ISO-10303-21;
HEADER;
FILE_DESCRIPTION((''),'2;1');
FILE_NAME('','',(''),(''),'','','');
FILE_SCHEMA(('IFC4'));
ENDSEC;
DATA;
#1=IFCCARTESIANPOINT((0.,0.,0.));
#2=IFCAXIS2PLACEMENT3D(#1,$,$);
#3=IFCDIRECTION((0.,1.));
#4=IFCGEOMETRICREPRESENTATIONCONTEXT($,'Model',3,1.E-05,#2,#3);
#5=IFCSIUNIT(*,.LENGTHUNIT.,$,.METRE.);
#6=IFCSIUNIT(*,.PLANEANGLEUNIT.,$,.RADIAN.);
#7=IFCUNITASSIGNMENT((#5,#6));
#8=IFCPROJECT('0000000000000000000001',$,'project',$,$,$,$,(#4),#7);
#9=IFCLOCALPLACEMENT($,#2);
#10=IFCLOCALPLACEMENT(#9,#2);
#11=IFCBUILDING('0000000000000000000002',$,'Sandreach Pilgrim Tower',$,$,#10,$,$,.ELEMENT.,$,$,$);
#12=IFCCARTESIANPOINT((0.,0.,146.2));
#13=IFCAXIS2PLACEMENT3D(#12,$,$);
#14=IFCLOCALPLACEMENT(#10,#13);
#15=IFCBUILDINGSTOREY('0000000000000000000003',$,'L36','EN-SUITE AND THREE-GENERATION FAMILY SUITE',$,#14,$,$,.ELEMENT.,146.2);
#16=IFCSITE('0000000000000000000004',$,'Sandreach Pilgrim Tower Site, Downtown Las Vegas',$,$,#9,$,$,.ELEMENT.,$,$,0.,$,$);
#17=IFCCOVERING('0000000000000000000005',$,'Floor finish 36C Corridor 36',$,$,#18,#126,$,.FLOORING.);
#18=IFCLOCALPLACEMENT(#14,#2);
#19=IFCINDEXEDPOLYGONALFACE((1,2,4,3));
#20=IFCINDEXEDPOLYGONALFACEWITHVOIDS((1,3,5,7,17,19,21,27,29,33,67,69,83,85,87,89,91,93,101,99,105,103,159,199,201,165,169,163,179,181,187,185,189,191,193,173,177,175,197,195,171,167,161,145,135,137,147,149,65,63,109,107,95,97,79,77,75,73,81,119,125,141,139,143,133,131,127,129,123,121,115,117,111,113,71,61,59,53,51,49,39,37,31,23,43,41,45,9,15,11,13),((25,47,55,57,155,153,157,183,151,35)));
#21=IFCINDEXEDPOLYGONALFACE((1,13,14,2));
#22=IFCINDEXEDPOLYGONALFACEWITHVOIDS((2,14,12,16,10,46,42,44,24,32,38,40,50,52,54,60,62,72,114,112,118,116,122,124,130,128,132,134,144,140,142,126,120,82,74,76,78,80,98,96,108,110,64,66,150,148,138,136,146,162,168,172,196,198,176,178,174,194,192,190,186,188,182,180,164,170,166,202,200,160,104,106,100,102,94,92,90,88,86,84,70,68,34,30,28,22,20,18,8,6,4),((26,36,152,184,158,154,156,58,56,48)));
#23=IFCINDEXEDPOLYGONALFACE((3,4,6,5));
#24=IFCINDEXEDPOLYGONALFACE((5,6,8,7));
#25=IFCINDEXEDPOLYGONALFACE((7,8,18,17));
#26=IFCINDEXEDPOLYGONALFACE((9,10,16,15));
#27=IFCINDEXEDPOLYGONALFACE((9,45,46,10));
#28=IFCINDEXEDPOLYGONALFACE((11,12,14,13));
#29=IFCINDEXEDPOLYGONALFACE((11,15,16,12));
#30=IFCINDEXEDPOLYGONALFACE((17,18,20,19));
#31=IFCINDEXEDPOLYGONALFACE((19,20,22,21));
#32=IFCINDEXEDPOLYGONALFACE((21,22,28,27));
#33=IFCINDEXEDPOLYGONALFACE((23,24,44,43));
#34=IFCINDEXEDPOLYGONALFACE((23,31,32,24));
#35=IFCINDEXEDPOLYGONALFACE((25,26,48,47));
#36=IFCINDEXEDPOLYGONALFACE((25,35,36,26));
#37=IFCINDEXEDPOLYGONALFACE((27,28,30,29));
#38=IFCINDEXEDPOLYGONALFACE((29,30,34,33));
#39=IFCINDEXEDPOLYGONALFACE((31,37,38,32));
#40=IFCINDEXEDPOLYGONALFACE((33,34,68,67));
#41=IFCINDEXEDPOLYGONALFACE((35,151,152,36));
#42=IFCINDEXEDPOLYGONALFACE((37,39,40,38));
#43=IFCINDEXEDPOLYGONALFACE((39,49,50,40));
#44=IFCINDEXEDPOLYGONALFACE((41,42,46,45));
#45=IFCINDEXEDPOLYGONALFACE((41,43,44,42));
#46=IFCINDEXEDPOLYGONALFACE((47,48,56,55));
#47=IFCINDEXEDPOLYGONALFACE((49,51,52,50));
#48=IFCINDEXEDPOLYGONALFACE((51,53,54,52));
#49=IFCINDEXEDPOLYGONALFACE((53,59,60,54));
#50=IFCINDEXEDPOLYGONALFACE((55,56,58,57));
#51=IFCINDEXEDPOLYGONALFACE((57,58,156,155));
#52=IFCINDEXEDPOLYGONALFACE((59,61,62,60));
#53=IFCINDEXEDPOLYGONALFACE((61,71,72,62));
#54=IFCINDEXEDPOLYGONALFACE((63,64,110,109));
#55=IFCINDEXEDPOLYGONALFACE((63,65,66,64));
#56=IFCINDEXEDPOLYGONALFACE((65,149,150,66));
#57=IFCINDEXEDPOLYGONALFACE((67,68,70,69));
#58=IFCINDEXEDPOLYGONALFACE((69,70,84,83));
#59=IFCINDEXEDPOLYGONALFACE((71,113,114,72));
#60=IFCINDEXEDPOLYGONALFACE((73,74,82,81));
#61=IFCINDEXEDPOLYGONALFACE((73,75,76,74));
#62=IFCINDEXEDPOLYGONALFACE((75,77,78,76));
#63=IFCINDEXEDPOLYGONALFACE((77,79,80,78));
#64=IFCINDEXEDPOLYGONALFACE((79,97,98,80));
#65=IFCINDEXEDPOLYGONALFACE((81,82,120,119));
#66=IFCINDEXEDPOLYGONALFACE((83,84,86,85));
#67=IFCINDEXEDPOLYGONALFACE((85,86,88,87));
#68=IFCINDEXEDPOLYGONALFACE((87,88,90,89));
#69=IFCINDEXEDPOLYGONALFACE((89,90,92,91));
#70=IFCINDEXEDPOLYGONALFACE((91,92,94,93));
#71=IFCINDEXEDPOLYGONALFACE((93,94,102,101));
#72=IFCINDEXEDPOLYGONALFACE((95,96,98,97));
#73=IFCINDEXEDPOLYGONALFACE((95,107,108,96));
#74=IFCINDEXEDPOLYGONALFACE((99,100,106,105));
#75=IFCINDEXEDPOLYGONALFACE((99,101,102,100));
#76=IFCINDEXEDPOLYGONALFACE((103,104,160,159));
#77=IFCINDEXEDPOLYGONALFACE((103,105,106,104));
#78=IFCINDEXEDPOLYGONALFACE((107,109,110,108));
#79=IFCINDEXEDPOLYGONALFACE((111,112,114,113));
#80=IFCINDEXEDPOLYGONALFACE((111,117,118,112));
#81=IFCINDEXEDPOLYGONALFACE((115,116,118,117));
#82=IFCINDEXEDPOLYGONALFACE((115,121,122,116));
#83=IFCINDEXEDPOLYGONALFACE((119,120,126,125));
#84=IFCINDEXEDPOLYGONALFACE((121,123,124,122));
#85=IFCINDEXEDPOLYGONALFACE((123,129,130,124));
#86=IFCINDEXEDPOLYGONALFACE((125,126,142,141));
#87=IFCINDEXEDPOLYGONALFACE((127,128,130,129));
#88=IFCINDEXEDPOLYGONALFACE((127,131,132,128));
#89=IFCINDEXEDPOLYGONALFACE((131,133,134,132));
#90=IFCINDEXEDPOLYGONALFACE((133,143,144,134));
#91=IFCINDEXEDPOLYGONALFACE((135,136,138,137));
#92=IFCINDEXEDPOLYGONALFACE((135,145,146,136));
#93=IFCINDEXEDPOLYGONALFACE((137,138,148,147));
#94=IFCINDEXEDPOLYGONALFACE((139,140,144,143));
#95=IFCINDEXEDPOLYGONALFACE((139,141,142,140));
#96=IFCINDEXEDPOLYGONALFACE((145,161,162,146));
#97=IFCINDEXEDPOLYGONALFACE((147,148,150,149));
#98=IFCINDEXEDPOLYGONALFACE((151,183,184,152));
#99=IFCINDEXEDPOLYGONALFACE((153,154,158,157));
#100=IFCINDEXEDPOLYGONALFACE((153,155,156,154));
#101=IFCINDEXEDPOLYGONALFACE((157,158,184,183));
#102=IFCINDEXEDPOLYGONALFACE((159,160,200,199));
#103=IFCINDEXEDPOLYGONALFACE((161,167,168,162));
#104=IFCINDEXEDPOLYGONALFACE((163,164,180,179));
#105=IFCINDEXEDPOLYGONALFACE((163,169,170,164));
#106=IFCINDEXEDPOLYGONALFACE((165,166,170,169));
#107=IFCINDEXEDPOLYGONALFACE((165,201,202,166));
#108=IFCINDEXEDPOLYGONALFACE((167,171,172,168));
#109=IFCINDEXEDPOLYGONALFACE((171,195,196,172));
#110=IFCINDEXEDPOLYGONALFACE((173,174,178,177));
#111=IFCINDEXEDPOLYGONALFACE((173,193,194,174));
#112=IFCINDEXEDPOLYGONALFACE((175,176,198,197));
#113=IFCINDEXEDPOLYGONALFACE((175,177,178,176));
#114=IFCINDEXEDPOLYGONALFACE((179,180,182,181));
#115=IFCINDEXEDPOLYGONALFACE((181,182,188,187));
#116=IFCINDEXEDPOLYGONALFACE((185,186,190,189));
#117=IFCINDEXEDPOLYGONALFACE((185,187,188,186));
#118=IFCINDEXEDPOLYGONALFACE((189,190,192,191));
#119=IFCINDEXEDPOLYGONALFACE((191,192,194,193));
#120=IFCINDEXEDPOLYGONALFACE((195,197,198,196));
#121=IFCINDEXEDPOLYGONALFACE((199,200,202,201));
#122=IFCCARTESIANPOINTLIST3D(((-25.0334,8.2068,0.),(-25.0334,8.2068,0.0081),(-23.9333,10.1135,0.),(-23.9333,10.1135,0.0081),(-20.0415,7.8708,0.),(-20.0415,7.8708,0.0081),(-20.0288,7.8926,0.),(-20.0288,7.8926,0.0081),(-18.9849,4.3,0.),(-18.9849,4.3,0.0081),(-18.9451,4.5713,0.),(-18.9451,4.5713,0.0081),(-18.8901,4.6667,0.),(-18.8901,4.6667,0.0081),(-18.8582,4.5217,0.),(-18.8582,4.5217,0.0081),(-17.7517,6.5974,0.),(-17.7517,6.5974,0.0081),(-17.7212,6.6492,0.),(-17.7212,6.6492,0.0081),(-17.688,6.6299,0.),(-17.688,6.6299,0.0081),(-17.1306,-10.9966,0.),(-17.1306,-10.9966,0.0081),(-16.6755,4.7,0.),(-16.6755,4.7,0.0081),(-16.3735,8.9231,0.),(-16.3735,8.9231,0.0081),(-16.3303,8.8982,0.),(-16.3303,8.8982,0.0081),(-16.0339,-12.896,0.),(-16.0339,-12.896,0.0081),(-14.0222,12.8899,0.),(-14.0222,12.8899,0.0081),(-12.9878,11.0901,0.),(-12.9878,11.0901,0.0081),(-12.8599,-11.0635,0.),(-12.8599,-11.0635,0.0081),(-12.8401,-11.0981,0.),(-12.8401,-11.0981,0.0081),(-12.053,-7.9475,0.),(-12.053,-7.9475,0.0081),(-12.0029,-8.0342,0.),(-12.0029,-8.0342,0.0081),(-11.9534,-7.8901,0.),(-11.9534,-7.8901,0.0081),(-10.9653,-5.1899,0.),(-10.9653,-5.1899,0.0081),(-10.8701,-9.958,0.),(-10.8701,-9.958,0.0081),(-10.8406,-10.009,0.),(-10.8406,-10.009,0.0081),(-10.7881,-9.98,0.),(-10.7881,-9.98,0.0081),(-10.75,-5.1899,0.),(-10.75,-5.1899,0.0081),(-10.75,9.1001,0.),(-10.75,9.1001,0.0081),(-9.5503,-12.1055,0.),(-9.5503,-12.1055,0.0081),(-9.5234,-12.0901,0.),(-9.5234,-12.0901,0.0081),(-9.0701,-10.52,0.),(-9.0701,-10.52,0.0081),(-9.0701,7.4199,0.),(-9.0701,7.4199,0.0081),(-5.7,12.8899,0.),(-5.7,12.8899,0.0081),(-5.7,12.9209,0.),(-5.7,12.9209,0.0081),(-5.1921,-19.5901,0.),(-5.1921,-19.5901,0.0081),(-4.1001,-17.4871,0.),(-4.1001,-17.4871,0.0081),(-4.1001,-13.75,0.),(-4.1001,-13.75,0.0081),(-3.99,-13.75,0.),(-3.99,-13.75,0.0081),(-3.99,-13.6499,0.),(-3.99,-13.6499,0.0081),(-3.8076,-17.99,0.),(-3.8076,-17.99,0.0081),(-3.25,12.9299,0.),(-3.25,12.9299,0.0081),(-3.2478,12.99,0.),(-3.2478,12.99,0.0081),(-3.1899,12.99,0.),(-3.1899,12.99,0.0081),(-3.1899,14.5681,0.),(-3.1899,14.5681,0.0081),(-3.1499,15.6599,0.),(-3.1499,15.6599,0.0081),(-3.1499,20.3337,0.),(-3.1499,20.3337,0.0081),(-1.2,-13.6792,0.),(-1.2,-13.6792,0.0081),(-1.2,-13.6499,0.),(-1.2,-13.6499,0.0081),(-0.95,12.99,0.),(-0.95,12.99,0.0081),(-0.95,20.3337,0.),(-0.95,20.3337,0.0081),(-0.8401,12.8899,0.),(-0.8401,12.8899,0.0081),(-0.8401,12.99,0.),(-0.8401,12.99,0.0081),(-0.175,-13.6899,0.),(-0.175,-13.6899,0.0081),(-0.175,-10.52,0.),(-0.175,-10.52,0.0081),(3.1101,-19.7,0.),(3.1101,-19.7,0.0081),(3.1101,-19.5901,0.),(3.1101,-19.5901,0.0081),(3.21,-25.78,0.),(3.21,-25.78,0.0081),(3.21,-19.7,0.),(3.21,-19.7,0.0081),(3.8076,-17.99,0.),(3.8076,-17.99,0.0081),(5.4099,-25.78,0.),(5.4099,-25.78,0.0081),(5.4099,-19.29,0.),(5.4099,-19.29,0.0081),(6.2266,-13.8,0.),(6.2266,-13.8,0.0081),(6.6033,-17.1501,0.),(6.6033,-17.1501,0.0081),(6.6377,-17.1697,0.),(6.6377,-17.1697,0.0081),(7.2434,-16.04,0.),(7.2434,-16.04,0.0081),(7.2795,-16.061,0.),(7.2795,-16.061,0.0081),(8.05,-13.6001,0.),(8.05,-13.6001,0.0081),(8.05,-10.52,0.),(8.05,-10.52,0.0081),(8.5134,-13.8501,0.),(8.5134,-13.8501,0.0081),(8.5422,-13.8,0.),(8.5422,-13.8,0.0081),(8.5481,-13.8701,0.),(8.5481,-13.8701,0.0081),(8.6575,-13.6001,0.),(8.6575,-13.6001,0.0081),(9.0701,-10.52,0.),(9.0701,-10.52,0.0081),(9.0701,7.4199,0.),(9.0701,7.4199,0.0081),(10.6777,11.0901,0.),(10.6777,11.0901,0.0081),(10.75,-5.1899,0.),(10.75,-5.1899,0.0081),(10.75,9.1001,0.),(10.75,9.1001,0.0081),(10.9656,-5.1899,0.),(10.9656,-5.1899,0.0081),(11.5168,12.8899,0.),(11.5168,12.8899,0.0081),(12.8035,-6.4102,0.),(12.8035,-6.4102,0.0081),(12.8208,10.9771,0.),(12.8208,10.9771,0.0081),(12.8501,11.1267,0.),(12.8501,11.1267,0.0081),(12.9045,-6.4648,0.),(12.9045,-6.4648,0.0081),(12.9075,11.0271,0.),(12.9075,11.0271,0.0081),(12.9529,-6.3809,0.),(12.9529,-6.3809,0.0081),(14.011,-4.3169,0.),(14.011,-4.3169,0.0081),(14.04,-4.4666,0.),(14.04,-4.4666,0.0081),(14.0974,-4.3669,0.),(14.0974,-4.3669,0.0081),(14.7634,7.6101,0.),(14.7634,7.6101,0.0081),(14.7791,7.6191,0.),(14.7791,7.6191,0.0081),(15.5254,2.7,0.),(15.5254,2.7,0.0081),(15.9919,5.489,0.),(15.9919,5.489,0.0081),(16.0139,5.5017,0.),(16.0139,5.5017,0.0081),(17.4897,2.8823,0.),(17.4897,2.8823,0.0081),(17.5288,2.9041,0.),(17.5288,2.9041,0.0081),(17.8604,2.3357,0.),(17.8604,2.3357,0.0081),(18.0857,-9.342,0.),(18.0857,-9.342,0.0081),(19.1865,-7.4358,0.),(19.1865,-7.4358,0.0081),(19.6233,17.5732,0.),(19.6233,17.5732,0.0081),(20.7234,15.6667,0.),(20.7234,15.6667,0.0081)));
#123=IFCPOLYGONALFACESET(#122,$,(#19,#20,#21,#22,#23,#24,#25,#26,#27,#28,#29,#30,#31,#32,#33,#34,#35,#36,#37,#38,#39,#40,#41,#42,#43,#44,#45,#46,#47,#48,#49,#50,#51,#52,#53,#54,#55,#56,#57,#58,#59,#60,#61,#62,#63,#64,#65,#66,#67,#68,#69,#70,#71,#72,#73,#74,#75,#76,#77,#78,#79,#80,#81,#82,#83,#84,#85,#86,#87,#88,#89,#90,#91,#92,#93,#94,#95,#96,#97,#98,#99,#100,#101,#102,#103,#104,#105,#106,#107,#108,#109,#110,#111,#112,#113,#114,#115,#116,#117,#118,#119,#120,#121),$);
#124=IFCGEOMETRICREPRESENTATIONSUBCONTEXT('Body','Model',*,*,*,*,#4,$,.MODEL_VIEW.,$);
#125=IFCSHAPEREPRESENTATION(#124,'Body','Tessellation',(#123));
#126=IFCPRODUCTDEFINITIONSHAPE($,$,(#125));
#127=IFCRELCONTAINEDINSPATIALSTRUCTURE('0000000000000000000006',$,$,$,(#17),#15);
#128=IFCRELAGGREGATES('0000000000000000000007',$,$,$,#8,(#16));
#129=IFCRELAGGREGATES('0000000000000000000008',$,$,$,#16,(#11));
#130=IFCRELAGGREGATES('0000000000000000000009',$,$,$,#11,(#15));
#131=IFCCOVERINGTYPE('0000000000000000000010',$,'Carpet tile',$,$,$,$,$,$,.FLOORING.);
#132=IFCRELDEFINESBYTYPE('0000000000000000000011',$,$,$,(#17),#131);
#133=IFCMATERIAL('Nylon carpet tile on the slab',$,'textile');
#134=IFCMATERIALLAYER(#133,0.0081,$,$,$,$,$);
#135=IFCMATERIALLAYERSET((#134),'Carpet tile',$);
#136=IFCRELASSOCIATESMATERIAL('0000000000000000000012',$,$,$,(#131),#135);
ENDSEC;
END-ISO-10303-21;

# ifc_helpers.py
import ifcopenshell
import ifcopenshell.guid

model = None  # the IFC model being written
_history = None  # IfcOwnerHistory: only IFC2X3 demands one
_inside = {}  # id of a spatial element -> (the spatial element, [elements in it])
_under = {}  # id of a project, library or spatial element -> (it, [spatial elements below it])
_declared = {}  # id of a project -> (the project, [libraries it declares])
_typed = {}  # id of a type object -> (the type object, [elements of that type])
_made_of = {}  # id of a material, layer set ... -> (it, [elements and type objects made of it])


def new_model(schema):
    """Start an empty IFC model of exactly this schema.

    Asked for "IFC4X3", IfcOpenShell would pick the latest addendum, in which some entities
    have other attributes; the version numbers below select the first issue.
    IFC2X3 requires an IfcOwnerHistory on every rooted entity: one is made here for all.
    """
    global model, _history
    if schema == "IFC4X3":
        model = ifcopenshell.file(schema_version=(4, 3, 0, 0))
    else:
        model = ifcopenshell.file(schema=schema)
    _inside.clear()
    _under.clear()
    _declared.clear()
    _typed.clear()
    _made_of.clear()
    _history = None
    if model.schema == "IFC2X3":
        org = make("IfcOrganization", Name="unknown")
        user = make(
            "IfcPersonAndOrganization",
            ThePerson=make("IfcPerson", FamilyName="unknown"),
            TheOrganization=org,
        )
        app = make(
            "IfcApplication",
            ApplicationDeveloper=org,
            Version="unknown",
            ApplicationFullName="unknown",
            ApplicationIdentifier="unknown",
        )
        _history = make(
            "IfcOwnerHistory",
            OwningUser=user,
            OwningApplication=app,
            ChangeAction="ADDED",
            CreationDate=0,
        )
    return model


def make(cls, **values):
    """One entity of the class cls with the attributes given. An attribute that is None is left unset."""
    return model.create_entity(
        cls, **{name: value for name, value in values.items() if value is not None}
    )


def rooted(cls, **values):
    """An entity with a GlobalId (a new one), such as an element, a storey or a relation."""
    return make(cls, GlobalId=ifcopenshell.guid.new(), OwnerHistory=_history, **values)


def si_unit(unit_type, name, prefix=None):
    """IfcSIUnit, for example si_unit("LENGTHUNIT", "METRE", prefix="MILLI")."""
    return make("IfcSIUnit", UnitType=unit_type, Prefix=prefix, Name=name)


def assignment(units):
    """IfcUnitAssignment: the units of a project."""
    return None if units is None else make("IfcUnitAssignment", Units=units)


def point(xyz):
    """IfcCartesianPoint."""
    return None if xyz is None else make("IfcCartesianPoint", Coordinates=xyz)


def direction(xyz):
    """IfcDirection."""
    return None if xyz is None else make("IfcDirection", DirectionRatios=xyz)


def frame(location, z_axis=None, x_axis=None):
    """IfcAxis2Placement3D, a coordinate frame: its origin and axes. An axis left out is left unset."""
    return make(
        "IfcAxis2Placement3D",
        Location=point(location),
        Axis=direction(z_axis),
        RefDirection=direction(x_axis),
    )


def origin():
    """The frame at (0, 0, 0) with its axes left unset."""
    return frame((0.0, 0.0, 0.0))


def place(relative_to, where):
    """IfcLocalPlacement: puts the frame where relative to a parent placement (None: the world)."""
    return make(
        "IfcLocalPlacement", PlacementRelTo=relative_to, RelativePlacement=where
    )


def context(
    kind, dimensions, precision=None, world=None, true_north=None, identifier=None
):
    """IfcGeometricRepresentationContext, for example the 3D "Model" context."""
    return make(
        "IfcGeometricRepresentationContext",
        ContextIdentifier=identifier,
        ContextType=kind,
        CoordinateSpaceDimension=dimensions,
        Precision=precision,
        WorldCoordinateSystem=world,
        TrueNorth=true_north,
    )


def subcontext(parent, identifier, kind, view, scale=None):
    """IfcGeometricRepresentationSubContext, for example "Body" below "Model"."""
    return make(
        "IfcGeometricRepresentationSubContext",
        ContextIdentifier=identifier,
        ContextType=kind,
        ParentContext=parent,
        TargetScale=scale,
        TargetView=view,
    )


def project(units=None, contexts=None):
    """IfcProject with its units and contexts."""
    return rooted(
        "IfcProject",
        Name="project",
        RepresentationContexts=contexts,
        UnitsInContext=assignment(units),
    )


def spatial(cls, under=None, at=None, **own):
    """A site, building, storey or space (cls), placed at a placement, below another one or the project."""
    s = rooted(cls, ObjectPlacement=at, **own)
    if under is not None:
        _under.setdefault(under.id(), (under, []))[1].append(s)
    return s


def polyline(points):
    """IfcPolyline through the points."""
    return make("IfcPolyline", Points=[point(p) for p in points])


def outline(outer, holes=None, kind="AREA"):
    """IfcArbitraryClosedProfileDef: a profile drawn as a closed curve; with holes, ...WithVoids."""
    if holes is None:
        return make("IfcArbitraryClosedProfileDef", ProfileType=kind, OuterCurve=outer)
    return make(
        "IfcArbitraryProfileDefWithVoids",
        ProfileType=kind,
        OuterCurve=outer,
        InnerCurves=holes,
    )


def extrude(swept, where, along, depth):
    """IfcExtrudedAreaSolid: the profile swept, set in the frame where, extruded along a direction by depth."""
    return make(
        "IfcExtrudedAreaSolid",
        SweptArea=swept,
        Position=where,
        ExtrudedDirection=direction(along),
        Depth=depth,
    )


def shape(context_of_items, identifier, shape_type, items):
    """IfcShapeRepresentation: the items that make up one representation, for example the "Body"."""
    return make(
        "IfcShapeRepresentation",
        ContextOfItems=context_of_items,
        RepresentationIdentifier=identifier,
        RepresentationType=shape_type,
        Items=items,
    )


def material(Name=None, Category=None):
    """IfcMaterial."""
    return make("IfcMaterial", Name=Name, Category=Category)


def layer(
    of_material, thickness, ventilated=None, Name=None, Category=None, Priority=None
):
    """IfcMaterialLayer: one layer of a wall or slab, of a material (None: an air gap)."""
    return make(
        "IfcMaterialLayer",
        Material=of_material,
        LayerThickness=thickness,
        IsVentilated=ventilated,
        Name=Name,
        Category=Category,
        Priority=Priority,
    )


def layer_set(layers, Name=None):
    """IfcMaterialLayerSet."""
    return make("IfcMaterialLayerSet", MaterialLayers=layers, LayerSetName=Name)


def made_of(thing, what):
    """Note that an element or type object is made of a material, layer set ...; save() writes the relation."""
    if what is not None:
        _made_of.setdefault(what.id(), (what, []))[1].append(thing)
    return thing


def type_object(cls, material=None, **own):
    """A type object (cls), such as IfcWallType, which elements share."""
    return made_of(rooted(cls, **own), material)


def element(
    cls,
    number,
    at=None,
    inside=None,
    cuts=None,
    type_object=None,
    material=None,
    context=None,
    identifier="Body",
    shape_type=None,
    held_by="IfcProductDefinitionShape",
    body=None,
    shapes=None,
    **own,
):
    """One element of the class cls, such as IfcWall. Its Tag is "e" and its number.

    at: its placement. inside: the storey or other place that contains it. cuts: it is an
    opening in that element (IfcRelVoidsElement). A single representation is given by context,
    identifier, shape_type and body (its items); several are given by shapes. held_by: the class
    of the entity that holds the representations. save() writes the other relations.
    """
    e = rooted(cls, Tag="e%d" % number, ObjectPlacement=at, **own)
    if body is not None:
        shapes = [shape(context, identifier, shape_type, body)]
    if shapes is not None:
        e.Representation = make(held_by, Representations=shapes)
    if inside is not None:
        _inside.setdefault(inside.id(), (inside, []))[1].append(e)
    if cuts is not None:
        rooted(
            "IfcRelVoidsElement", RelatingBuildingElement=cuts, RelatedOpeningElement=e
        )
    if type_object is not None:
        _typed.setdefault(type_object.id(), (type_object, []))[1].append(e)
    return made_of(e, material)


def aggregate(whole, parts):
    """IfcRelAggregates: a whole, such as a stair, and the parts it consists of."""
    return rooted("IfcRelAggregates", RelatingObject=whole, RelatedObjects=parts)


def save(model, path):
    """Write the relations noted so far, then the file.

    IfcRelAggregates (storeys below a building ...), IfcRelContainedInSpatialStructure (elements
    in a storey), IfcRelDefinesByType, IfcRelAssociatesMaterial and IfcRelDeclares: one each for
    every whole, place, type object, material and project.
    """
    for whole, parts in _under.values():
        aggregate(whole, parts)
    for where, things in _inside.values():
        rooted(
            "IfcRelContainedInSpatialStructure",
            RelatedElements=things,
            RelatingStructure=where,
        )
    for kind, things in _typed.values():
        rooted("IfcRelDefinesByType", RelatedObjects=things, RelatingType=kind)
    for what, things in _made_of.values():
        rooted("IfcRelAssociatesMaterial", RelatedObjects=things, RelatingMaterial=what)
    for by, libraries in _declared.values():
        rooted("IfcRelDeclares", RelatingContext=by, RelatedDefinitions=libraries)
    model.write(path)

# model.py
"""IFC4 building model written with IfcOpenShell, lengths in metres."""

from ifc_helpers import new_model, si_unit, direction, frame, origin, place, context, subcontext, project, spatial, polyline, outline, extrude, material, layer, layer_set, type_object, element, save


model = new_model("IFC4")

# Units and contexts
model_context = context("Model", 3, precision=1e-05, world=origin(), true_north=direction((0.0, 1.0)))
body_context = subcontext(model_context, "Body", "Model", "MODEL_VIEW")
ifc_project = project(units=[si_unit("LENGTHUNIT", "METRE"), si_unit("PLANEANGLEUNIT", "RADIAN")], contexts=[model_context])

# Site, building, storey
site_placement = place(None, origin())
site = spatial("IfcSite", under=ifc_project, at=site_placement, Name="Sandreach Pilgrim Tower Site, Downtown Las Vegas", CompositionType="ELEMENT", RefElevation=0.0)
building_placement = place(site_placement, origin())
building = spatial("IfcBuilding", under=site, at=building_placement, Name="Sandreach Pilgrim Tower", CompositionType="ELEMENT")
storey_placement = place(building_placement, frame((0.0, 0.0, 146.2)))
storey = spatial("IfcBuildingStorey", under=building, at=storey_placement, Name="L36", Description="EN-SUITE AND THREE-GENERATION FAMILY SUITE", CompositionType="ELEMENT", Elevation=146.2)

# Covering
ifc_material_1 = material(Name="Nylon carpet tile on the slab", Category="textile")
ifc_layer_1 = layer(ifc_material_1, 0.0081)
ifc_layer_set_1 = layer_set([ifc_layer_1], Name="Carpet tile")
covering_type_1 = type_object("IfcCoveringType", Name="Carpet tile", PredefinedType="FLOORING", material=ifc_layer_set_1)
covering_1_placement = place(storey_placement, origin())
element("IfcCovering", 1, at=covering_1_placement, inside=storey, type_object=covering_type_1, Name="Floor finish 36C Corridor 36", PredefinedType="FLOORING", context=body_context, shape_type="SweptSolid", body=[
    extrude(outline(polyline([(-25.0334, 8.2068), (-23.9333, 10.1135), (-20.0415, 7.8708), (-20.0288, 7.8926), (-17.7517, 6.5974), (-17.7212, 6.6492), (-17.688, 6.6299), (-16.3735, 8.9231), (-16.3303, 8.8982), (-14.0222, 12.8899), (-5.7, 12.8899), (-5.7, 12.9209), (-3.25, 12.9299), (-3.2478, 12.99), (-3.1899, 12.99), (-3.1899, 14.5681), (-3.1499, 15.6599), (-3.1499, 20.3337), (-0.95, 20.3337), (-0.95, 12.99), (-0.8401, 12.99), (-0.8401, 12.8899), (11.5168, 12.8899), (19.6233, 17.5732), (20.7234, 15.6667), (12.8501, 11.1267), (12.9075, 11.0271), (12.8208, 10.9771), (14.7634, 7.6101), (14.7791, 7.6191), (16.0139, 5.5017), (15.9919, 5.489), (17.4897, 2.8823), (17.5288, 2.9041), (17.8604, 2.3357), (14.011, -4.3169), (14.0974, -4.3669), (14.04, -4.4666), (19.1865, -7.4358), (18.0857, -9.342), (12.9529, -6.3809), (12.9045, -6.4648), (12.8035, -6.4102), (8.6575, -13.6001), (8.05, -13.6001), (8.05, -10.52), (9.0701, -10.52), (9.0701, 7.4199), (-9.0701, 7.4199), (-9.0701, -10.52), (-0.175, -10.52), (-0.175, -13.6899), (-1.2, -13.6792), (-1.2, -13.6499), (-3.99, -13.6499), (-3.99, -13.75), (-4.1001, -13.75), (-4.1001, -17.4871), (-3.8076, -17.99), (3.8076, -17.99), (6.2266, -13.8), (8.5422, -13.8), (8.5134, -13.8501), (8.5481, -13.8701), (7.2795, -16.061), (7.2434, -16.04), (6.6033, -17.1501), (6.6377, -17.1697), (5.4099, -19.29), (5.4099, -25.78), (3.21, -25.78), (3.21, -19.7), (3.1101, -19.7), (3.1101, -19.5901), (-5.1921, -19.5901), (-9.5234, -12.0901), (-9.5503, -12.1055), (-10.7881, -9.98), (-10.8406, -10.009), (-10.8701, -9.958), (-12.8401, -11.0981), (-12.8599, -11.0635), (-16.0339, -12.896), (-17.1306, -10.9966), (-12.0029, -8.0342), (-12.053, -7.9475), (-11.9534, -7.8901), (-18.9849, 4.3), (-18.8582, 4.5217), (-18.9451, 4.5713), (-18.8901, 4.6667), (-25.0334, 8.2068)]), holes=[polyline([(-10.9653, -5.1899), (-10.75, -5.1899), (-10.75, 9.1001), (10.75, 9.1001), (10.75, -5.1899), (10.9656, -5.1899), (15.5254, 2.7), (10.6777, 11.0901), (-12.9878, 11.0901), (-16.6755, 4.7), (-10.9653, -5.1899)])]), origin(), (0.0, 0.0, 1.0), 0.0081),
])

save(model, "model.ifc")
